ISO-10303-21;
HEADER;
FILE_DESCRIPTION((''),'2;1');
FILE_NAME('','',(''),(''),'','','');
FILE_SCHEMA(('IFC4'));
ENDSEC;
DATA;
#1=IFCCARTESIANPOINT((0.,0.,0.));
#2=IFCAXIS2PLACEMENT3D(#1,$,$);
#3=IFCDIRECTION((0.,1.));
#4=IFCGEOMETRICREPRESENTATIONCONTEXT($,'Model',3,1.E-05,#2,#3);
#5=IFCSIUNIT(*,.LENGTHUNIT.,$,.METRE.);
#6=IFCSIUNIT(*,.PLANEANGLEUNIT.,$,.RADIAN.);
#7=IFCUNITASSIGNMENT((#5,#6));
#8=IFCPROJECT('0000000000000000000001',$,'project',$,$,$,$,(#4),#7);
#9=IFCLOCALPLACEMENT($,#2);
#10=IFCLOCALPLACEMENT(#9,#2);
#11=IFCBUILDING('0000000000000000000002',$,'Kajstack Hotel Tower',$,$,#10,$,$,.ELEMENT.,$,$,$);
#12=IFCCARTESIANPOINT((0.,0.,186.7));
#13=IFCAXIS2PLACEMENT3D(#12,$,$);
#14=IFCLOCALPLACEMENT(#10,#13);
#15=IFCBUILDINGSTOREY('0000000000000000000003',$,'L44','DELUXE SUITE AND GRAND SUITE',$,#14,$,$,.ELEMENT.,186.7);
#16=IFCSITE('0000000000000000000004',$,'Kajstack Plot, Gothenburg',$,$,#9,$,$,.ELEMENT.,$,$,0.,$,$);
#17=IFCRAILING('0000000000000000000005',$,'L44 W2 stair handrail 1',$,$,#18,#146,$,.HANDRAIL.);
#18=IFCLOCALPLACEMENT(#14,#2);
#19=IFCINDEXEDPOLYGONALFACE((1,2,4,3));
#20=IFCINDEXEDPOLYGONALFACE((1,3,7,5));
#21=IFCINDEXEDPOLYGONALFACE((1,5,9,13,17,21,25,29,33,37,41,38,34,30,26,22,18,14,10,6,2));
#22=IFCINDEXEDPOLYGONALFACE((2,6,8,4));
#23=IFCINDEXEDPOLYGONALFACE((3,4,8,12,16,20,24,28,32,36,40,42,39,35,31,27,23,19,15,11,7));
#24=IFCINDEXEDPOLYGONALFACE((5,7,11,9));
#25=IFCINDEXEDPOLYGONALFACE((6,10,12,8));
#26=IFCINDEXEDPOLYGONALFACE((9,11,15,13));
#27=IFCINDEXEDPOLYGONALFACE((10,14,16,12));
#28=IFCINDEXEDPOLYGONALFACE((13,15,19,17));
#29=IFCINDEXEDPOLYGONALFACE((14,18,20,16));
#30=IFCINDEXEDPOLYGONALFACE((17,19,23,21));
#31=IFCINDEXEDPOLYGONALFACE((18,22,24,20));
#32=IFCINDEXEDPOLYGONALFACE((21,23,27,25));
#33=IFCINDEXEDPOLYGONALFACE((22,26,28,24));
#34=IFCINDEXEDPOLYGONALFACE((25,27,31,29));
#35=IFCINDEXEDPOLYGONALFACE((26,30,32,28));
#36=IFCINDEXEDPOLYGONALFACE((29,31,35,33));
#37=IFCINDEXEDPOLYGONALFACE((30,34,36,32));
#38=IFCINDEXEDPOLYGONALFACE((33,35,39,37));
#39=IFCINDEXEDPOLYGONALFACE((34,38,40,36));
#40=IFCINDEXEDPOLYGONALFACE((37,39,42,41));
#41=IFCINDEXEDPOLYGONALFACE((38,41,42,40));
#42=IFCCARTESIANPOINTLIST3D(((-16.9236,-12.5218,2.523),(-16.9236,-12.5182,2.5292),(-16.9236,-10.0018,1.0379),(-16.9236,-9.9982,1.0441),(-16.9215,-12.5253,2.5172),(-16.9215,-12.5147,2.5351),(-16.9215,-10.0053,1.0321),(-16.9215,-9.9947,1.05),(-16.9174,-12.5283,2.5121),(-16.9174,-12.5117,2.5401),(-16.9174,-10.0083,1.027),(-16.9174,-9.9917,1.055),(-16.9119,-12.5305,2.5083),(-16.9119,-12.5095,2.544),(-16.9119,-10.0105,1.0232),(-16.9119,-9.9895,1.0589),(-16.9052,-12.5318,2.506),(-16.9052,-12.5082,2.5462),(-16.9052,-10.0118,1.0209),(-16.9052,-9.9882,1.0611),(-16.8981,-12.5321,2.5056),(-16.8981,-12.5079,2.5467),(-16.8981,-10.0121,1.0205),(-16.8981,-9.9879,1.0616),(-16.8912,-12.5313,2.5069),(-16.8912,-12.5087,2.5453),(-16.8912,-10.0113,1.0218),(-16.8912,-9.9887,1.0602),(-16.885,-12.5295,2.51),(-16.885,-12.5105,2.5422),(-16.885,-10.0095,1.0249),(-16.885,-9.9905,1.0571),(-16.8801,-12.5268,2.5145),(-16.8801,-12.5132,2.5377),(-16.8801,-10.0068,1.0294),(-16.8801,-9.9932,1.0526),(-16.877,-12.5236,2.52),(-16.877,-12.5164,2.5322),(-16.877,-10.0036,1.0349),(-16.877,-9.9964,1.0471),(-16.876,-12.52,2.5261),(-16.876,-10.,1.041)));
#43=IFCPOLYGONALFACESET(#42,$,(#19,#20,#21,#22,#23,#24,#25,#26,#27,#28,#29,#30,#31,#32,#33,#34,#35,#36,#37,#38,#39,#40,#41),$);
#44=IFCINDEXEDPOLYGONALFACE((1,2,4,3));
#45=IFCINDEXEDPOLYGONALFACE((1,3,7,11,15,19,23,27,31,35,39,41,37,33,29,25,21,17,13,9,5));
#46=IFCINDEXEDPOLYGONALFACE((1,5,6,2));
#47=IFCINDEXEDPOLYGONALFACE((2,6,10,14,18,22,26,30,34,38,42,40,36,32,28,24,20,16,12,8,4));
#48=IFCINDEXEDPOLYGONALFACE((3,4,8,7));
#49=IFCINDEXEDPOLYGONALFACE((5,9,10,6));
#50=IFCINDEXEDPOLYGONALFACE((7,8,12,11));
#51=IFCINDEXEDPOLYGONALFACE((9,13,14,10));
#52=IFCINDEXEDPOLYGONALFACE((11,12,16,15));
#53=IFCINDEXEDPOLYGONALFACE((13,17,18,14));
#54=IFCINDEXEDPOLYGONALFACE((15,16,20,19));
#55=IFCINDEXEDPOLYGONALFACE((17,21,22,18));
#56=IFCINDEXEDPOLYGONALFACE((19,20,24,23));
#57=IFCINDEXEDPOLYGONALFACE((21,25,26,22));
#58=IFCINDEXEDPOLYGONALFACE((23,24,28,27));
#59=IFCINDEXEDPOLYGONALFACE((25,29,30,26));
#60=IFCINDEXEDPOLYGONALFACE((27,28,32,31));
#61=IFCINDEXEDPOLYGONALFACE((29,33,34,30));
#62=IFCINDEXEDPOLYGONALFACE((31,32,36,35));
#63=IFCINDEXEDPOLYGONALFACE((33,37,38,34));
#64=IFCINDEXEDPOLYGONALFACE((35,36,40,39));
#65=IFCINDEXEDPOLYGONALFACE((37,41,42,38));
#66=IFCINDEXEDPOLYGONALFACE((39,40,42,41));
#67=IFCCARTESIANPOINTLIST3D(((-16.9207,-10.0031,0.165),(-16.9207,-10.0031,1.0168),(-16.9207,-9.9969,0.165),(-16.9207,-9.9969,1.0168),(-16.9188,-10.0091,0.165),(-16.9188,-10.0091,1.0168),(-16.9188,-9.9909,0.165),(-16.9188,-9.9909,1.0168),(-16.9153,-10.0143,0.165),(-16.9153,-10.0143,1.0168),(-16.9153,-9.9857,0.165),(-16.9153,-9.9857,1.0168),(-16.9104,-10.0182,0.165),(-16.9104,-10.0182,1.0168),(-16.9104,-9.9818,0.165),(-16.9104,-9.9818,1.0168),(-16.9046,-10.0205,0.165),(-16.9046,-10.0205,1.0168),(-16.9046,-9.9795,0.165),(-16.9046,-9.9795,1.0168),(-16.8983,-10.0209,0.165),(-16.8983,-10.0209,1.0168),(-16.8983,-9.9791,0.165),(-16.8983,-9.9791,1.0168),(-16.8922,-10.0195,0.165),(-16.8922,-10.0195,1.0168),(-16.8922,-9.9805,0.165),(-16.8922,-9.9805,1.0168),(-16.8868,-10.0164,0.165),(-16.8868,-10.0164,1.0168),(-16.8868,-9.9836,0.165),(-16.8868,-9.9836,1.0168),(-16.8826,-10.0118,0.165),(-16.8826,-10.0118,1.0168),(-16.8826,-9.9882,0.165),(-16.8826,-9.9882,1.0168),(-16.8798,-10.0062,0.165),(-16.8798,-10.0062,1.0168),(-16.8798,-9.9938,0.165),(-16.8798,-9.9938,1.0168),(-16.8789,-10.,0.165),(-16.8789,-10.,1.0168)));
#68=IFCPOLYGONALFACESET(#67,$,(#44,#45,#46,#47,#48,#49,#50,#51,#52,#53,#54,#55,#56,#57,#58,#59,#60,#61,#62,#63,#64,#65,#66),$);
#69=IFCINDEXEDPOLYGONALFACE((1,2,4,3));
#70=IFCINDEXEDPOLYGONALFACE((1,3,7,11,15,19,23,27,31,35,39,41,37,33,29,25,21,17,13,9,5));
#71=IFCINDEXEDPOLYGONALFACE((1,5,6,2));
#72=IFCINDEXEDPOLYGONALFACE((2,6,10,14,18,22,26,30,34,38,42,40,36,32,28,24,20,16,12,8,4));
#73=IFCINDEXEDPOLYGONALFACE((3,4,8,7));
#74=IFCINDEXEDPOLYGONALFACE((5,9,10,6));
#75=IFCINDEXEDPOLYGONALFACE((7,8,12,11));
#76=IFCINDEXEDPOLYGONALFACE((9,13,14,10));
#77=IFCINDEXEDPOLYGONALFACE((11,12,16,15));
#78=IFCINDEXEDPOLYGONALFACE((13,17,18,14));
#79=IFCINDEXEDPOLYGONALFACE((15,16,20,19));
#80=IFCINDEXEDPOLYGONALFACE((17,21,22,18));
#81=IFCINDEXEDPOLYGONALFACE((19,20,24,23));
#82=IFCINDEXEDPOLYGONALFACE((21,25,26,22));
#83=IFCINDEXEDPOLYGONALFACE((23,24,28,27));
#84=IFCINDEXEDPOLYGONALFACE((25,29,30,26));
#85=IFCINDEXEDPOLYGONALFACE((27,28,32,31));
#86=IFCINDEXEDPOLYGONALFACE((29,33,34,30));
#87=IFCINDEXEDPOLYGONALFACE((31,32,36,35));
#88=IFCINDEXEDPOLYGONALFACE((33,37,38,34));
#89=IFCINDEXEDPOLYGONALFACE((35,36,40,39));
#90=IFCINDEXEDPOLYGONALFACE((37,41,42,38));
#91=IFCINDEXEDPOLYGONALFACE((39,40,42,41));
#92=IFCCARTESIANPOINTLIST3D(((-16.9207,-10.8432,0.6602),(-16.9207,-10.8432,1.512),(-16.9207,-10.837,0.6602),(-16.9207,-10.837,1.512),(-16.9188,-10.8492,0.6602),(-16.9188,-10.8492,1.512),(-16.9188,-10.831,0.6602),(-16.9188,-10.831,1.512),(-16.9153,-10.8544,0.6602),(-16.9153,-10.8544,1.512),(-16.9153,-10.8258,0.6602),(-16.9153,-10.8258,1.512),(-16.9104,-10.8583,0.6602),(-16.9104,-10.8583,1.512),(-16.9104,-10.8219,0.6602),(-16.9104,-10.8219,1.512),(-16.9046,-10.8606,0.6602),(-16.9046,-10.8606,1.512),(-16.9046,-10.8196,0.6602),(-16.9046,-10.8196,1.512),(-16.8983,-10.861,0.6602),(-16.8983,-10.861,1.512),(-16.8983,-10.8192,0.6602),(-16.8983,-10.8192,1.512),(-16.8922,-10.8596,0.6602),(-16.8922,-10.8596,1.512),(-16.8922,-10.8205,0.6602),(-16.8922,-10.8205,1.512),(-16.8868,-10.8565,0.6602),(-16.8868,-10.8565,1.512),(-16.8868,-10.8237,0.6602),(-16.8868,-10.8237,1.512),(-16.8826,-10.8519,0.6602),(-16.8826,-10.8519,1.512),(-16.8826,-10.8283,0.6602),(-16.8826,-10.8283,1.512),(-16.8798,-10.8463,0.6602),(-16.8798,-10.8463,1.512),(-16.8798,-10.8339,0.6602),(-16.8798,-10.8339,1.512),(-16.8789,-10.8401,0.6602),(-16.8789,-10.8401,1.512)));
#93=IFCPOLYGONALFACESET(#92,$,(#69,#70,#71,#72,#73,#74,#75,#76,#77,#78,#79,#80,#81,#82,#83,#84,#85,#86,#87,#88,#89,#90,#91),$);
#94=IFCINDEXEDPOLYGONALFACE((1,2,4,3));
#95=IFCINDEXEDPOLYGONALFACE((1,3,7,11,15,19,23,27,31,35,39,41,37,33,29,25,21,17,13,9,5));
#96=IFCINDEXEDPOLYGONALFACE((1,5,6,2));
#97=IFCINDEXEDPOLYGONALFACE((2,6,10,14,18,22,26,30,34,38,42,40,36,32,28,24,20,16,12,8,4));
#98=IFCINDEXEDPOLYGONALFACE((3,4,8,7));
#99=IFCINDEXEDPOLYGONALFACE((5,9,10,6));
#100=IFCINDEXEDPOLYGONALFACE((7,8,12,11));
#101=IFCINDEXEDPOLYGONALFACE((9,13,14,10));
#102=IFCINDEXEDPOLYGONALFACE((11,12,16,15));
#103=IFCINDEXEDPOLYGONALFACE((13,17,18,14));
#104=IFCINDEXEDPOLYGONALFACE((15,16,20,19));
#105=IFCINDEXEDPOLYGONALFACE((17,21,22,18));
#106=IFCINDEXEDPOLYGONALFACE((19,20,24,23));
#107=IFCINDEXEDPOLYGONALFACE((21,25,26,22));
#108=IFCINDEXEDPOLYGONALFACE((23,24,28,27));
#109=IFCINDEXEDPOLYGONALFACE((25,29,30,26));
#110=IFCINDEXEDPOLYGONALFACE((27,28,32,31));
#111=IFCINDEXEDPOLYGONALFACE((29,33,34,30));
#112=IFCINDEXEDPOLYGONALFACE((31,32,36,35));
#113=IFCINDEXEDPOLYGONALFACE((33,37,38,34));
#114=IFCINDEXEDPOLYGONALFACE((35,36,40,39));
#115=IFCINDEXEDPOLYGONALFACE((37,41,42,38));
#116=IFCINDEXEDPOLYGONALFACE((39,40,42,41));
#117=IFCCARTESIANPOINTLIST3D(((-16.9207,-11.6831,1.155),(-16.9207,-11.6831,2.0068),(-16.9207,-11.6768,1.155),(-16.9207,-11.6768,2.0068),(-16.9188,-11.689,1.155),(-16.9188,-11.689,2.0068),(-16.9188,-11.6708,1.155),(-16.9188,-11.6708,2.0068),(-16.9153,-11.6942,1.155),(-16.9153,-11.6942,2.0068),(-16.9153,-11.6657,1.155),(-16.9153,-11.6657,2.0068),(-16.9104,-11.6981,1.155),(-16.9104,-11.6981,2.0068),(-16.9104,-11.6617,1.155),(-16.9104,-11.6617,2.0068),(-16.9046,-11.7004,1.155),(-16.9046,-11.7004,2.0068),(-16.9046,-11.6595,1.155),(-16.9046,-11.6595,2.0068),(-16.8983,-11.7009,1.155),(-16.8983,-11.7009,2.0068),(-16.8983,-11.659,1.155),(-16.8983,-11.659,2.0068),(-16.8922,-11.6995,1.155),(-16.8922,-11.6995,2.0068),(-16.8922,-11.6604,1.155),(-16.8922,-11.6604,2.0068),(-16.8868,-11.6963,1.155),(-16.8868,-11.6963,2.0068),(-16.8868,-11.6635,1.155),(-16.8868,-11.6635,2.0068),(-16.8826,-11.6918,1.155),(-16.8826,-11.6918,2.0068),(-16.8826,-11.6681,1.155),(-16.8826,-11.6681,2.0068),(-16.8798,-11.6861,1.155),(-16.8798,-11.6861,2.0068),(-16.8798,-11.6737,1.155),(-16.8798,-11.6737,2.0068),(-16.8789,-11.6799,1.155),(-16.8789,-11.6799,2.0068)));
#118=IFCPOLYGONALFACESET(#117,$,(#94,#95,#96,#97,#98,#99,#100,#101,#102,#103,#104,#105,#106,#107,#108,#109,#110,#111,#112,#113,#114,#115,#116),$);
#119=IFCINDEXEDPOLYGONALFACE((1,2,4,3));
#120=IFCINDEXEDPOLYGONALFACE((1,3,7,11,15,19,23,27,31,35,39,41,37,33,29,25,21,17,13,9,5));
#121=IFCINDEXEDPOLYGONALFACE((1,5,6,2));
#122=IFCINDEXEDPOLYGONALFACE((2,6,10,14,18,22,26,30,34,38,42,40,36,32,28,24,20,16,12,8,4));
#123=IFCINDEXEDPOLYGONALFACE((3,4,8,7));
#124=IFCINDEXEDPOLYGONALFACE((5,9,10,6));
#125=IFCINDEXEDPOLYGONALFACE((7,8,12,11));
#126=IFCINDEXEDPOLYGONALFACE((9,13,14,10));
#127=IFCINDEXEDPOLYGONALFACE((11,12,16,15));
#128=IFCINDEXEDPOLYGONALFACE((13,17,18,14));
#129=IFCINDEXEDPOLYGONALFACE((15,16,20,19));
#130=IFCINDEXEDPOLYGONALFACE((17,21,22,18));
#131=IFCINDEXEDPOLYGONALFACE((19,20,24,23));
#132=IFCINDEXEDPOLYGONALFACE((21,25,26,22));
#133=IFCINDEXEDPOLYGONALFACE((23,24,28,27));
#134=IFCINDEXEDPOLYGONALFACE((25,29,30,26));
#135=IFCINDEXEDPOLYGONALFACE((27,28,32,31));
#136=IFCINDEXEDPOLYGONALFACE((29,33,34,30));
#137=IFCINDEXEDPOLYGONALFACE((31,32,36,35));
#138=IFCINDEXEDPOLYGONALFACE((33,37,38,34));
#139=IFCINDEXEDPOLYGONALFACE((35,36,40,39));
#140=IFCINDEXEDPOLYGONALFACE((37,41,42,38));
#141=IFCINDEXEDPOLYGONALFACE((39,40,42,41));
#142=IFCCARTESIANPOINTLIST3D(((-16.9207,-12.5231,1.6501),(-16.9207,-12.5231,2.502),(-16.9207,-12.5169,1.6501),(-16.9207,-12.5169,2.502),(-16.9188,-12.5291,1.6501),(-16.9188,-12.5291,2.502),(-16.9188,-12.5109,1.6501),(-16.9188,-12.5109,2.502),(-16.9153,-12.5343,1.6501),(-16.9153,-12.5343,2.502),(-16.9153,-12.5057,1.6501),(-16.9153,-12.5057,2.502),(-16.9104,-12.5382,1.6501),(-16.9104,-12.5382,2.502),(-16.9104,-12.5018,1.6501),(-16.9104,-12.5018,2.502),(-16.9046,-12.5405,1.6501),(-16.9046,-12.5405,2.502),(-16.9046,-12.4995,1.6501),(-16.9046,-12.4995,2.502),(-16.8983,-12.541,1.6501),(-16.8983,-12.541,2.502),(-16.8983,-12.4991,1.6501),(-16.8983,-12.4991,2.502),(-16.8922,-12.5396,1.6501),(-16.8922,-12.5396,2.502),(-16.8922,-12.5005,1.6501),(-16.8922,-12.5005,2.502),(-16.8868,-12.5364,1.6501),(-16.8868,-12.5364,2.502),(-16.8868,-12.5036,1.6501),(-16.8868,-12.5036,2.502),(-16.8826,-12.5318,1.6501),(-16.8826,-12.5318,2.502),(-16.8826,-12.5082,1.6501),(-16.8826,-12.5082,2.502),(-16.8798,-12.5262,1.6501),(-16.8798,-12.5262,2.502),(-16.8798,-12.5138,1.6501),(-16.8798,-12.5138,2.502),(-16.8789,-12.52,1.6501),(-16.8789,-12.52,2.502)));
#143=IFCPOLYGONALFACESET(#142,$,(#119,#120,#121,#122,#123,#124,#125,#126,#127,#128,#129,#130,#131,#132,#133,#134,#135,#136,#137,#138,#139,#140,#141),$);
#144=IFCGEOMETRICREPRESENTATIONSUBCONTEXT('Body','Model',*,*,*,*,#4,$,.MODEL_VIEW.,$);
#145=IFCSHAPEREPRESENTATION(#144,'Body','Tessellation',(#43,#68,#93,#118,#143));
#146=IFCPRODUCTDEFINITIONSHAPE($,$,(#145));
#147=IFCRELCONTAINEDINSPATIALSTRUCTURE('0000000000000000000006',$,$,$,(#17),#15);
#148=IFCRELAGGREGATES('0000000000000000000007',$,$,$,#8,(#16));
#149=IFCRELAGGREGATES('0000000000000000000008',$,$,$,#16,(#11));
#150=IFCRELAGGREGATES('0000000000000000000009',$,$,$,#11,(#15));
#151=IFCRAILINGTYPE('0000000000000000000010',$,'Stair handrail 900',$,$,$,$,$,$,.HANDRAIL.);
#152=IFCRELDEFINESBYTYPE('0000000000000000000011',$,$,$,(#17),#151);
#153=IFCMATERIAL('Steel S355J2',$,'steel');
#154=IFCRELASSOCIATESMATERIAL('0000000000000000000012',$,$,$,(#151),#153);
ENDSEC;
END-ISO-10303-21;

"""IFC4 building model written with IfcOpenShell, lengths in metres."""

from ifc_helpers import new_model, si_unit, direction, frame, origin, origin_2d, place, context, subcontext, project, spatial, circle, extrude, material, type_object, element, save


model = new_model("IFC4")

# Units and contexts
model_context = context("Model", 3, precision=1e-05, world=origin(), true_north=direction((0.0, 1.0)))
body_context = subcontext(model_context, "Body", "Model", "MODEL_VIEW")
ifc_project = project(units=[si_unit("LENGTHUNIT", "METRE"), si_unit("PLANEANGLEUNIT", "RADIAN")], contexts=[model_context])

# Site, building, storey
site_placement = place(None, origin())
site = spatial("IfcSite", under=ifc_project, at=site_placement, Name="Kajstack Plot, Gothenburg", CompositionType="ELEMENT", RefElevation=0.0)
building_placement = place(site_placement, origin())
building = spatial("IfcBuilding", under=site, at=building_placement, Name="Kajstack Hotel Tower", CompositionType="ELEMENT")
storey_placement = place(building_placement, frame((0.0, 0.0, 186.7)))
storey = spatial("IfcBuildingStorey", under=building, at=storey_placement, Name="L44", Description="DELUXE SUITE AND GRAND SUITE", CompositionType="ELEMENT", Elevation=186.7)

# Railing
ifc_material_1 = material(Name="Steel S355J2", Category="steel")
railing_type_1 = type_object("IfcRailingType", Name="Stair handrail 900", PredefinedType="HANDRAIL", material=ifc_material_1)
railing_1_placement = place(storey_placement, frame((-16.8999, -10.0, 0.165)))
element("IfcRailing", 1, at=railing_1_placement, inside=storey, type_object=railing_type_1, Name="L44 W2 stair handrail 1", PredefinedType="HANDRAIL", context=body_context, shape_type="SweptSolid", body=[
    extrude(circle(Radius=0.0239, at=origin_2d()), frame((0.0, 0.0, 0.876), z_axis=(0.0, -0.861524, 0.507717), x_axis=(1.0, 0.0, 0.0)), (0.0, 0.0, 1.0), 2.925),
    extrude(circle(Radius=0.021, at=origin_2d()), origin(), (0.0, 0.0, 1.0), 0.8518),
    extrude(circle(Radius=0.021, at=origin_2d()), frame((0.0, -0.8401, 0.4951)), (0.0, 0.0, 1.0), 0.8518),
    extrude(circle(Radius=0.021, at=origin_2d()), frame((0.0, -1.6799, 0.99)), (0.0, 0.0, 1.0), 0.8518),
    extrude(circle(Radius=0.021, at=origin_2d()), frame((0.0, -2.52, 1.4851)), (0.0, 0.0, 1.0), 0.8518),
])

save(model, "model.ifc")
